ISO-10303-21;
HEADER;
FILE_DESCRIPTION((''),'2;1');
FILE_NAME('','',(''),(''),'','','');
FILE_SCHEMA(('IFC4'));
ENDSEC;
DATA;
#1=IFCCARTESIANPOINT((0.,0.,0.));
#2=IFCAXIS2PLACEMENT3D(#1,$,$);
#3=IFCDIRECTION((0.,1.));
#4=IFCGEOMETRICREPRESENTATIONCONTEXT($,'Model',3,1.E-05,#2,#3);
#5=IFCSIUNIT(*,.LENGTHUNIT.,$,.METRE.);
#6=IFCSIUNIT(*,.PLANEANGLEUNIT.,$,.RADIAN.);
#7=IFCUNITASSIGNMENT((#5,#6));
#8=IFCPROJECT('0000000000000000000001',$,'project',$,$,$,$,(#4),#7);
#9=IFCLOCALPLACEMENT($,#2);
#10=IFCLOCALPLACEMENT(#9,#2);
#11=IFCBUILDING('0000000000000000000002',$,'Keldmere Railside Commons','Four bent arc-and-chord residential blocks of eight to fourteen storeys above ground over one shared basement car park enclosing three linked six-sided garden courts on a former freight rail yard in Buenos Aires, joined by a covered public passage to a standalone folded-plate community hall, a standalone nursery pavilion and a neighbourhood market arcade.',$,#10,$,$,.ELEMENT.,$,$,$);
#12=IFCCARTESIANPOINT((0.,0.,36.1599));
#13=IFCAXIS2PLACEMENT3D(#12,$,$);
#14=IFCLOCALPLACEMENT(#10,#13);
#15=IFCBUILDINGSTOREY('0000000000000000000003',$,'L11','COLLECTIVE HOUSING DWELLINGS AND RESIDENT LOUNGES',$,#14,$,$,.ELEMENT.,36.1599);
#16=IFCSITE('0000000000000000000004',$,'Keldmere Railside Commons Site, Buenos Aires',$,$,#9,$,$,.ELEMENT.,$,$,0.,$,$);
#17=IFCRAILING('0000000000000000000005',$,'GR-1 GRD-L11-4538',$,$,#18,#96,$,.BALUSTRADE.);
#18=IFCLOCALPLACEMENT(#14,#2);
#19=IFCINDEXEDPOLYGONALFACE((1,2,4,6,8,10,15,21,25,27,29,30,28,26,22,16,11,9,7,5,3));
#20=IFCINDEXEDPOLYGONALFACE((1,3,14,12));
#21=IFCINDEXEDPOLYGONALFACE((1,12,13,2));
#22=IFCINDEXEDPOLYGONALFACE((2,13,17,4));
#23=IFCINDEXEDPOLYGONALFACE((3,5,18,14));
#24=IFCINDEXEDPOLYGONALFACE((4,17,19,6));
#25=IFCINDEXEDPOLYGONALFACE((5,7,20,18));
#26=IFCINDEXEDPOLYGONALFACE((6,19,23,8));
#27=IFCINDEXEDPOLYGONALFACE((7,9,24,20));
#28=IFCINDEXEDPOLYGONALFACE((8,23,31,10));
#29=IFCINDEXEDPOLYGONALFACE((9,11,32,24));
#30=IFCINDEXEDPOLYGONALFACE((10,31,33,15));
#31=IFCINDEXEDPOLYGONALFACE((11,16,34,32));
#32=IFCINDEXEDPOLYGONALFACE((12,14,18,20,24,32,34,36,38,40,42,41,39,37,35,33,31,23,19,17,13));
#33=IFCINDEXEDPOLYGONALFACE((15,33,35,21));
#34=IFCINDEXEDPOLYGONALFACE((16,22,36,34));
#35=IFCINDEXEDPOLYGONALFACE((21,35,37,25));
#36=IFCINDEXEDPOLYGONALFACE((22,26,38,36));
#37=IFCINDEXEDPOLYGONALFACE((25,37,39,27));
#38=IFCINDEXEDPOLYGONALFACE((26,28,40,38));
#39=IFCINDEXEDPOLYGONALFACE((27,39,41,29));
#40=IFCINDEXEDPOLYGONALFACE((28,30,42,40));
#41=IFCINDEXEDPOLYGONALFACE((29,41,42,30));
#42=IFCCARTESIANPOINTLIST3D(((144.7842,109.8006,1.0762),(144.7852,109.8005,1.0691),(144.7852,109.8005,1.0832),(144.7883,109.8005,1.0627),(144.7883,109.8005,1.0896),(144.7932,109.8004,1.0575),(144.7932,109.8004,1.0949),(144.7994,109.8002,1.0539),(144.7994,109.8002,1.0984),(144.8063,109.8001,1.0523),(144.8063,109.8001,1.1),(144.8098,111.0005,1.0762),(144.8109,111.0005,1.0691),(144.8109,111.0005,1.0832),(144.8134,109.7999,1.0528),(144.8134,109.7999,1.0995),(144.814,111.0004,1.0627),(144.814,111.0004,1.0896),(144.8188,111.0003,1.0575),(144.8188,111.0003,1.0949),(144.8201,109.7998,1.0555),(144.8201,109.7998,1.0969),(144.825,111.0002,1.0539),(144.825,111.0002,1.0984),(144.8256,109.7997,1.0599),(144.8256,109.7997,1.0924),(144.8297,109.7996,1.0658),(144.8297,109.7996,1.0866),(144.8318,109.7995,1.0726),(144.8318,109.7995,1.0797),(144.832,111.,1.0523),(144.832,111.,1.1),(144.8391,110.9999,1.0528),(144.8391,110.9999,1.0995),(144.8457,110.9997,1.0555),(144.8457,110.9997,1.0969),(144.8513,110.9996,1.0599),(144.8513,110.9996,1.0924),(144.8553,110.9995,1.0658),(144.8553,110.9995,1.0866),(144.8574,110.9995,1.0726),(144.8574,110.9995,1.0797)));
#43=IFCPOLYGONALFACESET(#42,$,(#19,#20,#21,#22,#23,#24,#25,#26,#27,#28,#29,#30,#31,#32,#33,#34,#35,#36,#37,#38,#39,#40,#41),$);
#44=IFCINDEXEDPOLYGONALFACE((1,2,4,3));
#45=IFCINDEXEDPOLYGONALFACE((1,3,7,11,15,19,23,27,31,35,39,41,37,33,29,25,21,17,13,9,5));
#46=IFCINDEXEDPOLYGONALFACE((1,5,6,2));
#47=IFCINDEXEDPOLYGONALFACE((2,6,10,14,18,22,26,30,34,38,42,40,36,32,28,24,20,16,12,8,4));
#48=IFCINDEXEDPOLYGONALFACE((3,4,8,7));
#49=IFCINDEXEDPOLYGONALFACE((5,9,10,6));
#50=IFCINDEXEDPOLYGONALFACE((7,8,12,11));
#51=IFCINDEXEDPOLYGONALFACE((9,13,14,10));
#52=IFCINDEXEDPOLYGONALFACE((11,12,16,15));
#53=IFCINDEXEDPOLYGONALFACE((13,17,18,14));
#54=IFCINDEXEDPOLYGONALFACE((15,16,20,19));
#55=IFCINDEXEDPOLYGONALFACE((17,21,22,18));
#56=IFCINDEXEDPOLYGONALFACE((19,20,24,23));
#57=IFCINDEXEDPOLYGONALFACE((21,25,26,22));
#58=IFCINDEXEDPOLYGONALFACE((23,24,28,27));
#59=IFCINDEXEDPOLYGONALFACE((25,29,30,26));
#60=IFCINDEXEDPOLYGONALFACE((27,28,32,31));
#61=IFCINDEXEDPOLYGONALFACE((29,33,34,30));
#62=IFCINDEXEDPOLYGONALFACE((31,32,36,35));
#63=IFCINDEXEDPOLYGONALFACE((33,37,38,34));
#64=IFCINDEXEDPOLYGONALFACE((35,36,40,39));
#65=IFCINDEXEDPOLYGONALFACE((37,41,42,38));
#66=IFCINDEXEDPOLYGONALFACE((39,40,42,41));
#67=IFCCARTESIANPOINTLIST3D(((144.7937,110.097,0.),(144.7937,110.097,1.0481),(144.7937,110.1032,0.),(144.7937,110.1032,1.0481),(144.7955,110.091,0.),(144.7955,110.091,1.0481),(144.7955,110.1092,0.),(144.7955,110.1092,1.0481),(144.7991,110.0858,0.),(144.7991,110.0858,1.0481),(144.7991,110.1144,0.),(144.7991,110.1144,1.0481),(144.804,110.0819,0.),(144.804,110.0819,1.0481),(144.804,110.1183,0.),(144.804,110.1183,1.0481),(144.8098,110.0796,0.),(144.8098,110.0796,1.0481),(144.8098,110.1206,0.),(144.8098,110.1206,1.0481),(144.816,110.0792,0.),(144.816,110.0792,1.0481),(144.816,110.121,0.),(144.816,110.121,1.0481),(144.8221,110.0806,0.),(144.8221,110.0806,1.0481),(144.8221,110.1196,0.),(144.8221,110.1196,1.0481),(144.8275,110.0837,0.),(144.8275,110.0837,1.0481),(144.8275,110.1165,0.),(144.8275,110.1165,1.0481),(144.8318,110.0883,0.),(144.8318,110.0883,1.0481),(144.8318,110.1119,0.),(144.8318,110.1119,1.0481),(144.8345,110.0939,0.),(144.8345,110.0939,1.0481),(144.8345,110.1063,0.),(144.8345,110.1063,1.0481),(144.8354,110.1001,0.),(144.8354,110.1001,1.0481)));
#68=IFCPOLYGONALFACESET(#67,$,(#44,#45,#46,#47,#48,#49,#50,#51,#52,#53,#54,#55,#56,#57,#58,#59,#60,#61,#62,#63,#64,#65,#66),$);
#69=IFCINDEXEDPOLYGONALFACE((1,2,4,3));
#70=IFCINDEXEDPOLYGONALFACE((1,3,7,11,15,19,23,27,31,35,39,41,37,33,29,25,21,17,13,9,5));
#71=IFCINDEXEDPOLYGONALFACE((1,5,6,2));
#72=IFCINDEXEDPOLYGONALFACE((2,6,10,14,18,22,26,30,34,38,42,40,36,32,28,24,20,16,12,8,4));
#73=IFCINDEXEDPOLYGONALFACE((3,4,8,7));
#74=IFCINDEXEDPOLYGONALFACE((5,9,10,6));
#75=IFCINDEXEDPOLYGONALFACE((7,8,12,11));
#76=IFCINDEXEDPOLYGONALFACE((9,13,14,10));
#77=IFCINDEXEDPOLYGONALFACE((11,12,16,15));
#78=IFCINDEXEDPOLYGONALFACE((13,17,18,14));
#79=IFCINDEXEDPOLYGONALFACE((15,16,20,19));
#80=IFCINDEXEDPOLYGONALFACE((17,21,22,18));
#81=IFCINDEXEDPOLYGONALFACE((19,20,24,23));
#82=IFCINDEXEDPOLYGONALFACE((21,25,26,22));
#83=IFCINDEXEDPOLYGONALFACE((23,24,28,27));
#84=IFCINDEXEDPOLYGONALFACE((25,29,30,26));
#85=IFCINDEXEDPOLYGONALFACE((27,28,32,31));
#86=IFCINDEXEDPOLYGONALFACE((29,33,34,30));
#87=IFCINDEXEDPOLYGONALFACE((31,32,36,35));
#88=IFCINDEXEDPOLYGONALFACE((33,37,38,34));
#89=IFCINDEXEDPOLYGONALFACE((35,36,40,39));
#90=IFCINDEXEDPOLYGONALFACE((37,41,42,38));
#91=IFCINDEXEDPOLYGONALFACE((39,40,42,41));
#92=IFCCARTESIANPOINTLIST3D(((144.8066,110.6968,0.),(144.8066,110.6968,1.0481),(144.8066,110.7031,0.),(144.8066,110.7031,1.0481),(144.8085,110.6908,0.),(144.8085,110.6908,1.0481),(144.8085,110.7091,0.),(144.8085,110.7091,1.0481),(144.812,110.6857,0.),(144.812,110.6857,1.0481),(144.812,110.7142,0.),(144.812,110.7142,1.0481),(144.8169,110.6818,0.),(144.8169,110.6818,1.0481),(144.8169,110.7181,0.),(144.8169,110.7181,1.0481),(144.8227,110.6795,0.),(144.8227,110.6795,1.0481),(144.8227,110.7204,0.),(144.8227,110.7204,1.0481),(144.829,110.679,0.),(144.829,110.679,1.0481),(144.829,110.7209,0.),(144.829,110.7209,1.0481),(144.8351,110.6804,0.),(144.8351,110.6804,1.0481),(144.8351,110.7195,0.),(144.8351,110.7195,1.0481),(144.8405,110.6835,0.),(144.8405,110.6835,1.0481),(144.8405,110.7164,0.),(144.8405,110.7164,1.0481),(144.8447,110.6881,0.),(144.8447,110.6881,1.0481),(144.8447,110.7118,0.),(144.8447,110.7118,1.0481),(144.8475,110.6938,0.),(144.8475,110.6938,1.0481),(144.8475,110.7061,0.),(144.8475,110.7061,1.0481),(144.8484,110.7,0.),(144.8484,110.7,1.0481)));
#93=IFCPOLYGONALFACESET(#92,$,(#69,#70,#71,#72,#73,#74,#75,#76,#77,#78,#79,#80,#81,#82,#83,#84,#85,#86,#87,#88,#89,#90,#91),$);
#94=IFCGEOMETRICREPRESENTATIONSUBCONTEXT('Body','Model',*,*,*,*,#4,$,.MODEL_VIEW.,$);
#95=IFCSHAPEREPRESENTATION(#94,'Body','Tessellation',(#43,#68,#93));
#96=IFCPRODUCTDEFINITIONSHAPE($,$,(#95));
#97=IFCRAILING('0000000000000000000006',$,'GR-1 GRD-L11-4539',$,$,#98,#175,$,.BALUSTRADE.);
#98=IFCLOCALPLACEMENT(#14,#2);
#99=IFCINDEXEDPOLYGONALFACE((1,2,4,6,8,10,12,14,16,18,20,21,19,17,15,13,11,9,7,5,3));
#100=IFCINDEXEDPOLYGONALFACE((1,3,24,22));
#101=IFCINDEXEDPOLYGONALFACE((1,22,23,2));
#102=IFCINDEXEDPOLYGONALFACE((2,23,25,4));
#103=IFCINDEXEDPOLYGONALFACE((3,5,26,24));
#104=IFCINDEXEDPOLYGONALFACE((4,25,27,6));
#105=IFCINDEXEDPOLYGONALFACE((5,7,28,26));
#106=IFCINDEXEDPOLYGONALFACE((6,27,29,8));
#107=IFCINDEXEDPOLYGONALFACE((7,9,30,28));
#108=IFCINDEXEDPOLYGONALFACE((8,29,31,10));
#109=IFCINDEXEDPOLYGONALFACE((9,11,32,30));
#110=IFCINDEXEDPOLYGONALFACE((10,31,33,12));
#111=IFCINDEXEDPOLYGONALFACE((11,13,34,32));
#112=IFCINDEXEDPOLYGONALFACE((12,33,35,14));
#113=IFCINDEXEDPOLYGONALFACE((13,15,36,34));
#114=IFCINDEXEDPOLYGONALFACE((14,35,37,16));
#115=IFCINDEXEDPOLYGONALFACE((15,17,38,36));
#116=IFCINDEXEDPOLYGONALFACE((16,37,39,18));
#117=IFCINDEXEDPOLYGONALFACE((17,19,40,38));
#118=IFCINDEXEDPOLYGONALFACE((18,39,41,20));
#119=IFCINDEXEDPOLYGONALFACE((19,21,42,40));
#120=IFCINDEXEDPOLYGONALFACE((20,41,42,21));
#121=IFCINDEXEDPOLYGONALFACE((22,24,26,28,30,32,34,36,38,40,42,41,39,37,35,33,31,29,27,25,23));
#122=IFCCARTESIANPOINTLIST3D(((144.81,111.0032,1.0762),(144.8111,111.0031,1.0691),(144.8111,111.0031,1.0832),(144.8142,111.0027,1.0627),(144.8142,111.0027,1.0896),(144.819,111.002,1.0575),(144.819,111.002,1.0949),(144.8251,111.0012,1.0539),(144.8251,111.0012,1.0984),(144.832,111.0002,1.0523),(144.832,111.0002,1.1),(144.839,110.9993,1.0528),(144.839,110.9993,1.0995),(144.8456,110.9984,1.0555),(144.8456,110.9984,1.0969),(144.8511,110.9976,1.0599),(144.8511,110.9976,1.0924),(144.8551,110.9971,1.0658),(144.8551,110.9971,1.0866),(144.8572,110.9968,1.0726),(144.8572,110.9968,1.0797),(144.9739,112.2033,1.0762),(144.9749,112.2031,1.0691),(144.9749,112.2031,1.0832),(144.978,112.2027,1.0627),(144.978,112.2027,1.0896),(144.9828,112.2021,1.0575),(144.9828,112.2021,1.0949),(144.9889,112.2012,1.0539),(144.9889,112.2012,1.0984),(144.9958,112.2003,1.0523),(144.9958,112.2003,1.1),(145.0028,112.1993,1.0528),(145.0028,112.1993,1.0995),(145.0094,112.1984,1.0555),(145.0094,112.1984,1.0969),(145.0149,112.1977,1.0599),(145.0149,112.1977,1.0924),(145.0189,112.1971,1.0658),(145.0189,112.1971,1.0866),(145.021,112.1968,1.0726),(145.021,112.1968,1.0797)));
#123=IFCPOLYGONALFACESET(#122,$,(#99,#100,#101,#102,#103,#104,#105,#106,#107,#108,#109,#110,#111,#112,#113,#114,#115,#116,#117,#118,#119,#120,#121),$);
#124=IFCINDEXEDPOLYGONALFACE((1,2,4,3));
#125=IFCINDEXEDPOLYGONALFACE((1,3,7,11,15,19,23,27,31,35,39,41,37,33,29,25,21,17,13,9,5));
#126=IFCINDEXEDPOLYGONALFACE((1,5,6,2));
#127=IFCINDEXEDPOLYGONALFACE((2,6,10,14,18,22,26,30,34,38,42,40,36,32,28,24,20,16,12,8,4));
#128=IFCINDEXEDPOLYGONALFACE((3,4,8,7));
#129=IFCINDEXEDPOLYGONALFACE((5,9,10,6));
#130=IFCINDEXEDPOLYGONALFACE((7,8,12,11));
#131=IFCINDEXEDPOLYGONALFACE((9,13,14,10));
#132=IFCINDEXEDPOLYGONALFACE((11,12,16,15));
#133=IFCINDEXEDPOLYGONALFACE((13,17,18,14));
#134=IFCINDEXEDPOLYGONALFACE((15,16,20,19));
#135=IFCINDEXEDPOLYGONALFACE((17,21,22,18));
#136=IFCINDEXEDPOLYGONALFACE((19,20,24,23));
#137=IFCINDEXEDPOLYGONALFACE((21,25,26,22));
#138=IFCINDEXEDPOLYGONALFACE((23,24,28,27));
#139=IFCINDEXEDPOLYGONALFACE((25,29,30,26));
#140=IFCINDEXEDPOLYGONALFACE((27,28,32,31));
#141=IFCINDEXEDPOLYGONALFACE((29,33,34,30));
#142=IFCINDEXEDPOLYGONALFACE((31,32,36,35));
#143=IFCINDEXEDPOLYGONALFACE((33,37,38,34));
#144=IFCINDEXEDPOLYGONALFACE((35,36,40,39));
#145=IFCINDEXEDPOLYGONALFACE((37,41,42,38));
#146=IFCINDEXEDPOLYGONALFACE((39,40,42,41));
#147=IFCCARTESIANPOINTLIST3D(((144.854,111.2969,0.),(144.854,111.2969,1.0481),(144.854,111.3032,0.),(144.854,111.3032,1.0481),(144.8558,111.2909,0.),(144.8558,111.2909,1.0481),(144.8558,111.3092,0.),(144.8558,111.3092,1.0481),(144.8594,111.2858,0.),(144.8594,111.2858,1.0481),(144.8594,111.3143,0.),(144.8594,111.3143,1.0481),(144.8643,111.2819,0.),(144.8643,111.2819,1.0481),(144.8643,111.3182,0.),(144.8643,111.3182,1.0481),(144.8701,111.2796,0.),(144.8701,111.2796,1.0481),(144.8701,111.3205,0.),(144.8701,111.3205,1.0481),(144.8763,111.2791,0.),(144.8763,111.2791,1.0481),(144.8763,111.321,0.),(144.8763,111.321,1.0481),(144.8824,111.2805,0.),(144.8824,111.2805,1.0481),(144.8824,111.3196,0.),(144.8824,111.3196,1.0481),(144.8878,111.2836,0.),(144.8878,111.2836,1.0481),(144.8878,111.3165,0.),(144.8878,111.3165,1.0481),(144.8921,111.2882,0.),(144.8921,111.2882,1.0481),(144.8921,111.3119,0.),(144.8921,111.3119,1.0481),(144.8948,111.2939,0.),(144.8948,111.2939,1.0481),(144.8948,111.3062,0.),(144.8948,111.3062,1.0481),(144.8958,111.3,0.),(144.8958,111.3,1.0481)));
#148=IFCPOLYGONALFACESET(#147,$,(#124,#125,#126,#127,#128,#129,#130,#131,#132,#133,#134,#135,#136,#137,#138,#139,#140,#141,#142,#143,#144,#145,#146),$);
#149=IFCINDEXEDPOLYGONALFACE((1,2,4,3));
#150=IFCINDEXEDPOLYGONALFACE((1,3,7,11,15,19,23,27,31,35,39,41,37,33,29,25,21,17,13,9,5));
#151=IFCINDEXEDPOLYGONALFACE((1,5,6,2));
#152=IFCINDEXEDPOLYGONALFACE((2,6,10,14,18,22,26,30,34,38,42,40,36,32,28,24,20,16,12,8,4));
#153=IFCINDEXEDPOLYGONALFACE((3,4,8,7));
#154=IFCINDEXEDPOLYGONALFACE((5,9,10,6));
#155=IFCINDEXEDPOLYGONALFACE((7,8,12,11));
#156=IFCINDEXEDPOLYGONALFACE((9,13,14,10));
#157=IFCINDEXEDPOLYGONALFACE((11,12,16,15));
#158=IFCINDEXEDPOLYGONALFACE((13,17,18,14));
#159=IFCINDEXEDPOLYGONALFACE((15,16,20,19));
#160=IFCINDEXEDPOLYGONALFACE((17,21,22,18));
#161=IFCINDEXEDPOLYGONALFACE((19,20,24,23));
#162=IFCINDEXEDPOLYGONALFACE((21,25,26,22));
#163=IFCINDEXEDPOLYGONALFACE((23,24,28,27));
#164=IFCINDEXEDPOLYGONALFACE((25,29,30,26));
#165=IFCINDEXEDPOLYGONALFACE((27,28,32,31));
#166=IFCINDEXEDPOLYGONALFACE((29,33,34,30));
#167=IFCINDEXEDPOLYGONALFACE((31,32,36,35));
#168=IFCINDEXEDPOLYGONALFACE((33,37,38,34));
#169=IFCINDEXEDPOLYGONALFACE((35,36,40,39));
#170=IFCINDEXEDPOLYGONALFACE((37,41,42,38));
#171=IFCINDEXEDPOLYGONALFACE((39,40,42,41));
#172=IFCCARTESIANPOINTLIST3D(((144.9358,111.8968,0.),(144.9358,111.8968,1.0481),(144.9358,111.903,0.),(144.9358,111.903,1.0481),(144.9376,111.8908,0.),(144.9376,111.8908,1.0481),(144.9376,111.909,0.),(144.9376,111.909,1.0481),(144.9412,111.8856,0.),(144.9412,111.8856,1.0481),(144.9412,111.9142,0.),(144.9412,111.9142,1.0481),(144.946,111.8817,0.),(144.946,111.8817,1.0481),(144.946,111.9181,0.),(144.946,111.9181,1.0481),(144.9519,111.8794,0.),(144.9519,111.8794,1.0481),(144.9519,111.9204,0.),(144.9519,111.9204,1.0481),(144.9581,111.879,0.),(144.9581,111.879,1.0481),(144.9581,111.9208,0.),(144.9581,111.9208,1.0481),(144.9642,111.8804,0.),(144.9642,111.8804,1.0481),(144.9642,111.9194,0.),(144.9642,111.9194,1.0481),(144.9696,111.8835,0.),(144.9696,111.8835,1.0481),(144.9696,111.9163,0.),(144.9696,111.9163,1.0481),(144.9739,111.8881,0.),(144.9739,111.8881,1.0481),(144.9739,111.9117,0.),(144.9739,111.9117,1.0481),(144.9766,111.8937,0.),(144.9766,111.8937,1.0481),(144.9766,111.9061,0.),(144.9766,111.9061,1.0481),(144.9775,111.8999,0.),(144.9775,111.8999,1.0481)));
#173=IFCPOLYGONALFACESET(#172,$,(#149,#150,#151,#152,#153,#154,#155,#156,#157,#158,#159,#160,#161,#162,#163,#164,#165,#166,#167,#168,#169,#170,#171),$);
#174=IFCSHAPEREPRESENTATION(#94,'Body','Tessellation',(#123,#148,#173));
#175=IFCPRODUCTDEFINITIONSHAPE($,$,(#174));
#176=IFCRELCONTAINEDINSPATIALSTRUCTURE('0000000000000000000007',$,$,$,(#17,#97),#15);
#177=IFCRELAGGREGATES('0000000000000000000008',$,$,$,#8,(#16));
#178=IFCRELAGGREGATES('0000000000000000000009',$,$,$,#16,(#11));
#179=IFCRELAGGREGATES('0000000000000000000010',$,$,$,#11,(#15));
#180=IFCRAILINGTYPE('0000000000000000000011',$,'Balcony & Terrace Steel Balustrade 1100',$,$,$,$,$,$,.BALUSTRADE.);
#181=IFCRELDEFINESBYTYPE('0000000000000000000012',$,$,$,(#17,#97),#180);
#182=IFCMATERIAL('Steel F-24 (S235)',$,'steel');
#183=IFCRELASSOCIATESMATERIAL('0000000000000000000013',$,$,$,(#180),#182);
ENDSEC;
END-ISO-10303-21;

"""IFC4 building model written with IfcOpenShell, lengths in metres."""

from ifc_helpers import new_model, si_unit, direction, frame, origin, origin_2d, place, context, subcontext, project, spatial, circle, extrude, material, type_object, element, save


model = new_model("IFC4")

# Units and contexts
model_context = context("Model", 3, precision=1e-05, world=origin(), true_north=direction((0.0, 1.0)))
body_context = subcontext(model_context, "Body", "Model", "MODEL_VIEW")
ifc_project = project(units=[si_unit("LENGTHUNIT", "METRE"), si_unit("PLANEANGLEUNIT", "RADIAN")], contexts=[model_context])

# Site, building, storey
site_placement = place(None, origin())
site = spatial("IfcSite", under=ifc_project, at=site_placement, Name="Keldmere Railside Commons Site, Buenos Aires", CompositionType="ELEMENT", RefElevation=0.0)
building_placement = place(site_placement, origin())
building = spatial("IfcBuilding", under=site, at=building_placement, Name="Keldmere Railside Commons", Description="Four bent arc-and-chord residential blocks of eight to fourteen storeys above ground over one shared basement car park enclosing three linked six-sided garden courts on a former freight rail yard in Buenos Aires, joined by a covered public passage to a standalone folded-plate community hall, a standalone nursery pavilion and a neighbourhood market arcade.", CompositionType="ELEMENT")
storey_placement = place(building_placement, frame((0.0, 0.0, 36.1599)))
storey = spatial("IfcBuildingStorey", under=building, at=storey_placement, Name="L11", Description="COLLECTIVE HOUSING DWELLINGS AND RESIDENT LOUNGES", CompositionType="ELEMENT", Elevation=36.1599)

# Railings
ifc_material_1 = material(Name="Steel F-24 (S235)", Category="steel")
railing_type = type_object("IfcRailingType", Name="Balcony & Terrace Steel Balustrade 1100", PredefinedType="BALUSTRADE", material=ifc_material_1)
railing_1_placement = place(storey_placement, frame((144.8081, 109.8, 0.0)))
element("IfcRailing", 1, at=railing_1_placement, inside=storey, type_object=railing_type, Name="GR-1 GRD-L11-4538", PredefinedType="BALUSTRADE", context=body_context, shape_type="SweptSolid", body=[
    extrude(circle(Radius=0.0239, at=origin_2d()), frame((0.0, 0.0, 1.0762), z_axis=(0.021358, 0.999772, 0.0), x_axis=(-0.999772, 0.021358, 0.0)), (0.0, 0.0, 1.0), 1.2002),
    extrude(circle(Radius=0.021, at=origin_2d()), frame((0.0063, 0.3, 0.0)), (0.0, 0.0, 1.0), 1.0481),
    extrude(circle(Radius=0.021, at=origin_2d()), frame((0.0193, 0.8999, 0.0)), (0.0, 0.0, 1.0), 1.0481),
])
railing_2_placement = place(storey_placement, frame((144.8337, 111.0, 0.0)))
element("IfcRailing", 2, at=railing_2_placement, inside=storey, type_object=railing_type, Name="GR-1 GRD-L11-4539", PredefinedType="BALUSTRADE", context=body_context, shape_type="SweptSolid", body=[
    extrude(circle(Radius=0.0239, at=origin_2d()), frame((0.0, 0.0, 1.0762), z_axis=(0.135266, 0.990809, 0.0), x_axis=(-0.990809, 0.135266, 0.0)), (0.0, 0.0, 1.0), 1.2112),
    extrude(circle(Radius=0.021, at=origin_2d()), frame((0.041, 0.3, 0.0)), (0.0, 0.0, 1.0), 1.0481),
    extrude(circle(Radius=0.021, at=origin_2d()), frame((0.1228, 0.8999, 0.0)), (0.0, 0.0, 1.0), 1.0481),
])

save(model, "model.ifc")
